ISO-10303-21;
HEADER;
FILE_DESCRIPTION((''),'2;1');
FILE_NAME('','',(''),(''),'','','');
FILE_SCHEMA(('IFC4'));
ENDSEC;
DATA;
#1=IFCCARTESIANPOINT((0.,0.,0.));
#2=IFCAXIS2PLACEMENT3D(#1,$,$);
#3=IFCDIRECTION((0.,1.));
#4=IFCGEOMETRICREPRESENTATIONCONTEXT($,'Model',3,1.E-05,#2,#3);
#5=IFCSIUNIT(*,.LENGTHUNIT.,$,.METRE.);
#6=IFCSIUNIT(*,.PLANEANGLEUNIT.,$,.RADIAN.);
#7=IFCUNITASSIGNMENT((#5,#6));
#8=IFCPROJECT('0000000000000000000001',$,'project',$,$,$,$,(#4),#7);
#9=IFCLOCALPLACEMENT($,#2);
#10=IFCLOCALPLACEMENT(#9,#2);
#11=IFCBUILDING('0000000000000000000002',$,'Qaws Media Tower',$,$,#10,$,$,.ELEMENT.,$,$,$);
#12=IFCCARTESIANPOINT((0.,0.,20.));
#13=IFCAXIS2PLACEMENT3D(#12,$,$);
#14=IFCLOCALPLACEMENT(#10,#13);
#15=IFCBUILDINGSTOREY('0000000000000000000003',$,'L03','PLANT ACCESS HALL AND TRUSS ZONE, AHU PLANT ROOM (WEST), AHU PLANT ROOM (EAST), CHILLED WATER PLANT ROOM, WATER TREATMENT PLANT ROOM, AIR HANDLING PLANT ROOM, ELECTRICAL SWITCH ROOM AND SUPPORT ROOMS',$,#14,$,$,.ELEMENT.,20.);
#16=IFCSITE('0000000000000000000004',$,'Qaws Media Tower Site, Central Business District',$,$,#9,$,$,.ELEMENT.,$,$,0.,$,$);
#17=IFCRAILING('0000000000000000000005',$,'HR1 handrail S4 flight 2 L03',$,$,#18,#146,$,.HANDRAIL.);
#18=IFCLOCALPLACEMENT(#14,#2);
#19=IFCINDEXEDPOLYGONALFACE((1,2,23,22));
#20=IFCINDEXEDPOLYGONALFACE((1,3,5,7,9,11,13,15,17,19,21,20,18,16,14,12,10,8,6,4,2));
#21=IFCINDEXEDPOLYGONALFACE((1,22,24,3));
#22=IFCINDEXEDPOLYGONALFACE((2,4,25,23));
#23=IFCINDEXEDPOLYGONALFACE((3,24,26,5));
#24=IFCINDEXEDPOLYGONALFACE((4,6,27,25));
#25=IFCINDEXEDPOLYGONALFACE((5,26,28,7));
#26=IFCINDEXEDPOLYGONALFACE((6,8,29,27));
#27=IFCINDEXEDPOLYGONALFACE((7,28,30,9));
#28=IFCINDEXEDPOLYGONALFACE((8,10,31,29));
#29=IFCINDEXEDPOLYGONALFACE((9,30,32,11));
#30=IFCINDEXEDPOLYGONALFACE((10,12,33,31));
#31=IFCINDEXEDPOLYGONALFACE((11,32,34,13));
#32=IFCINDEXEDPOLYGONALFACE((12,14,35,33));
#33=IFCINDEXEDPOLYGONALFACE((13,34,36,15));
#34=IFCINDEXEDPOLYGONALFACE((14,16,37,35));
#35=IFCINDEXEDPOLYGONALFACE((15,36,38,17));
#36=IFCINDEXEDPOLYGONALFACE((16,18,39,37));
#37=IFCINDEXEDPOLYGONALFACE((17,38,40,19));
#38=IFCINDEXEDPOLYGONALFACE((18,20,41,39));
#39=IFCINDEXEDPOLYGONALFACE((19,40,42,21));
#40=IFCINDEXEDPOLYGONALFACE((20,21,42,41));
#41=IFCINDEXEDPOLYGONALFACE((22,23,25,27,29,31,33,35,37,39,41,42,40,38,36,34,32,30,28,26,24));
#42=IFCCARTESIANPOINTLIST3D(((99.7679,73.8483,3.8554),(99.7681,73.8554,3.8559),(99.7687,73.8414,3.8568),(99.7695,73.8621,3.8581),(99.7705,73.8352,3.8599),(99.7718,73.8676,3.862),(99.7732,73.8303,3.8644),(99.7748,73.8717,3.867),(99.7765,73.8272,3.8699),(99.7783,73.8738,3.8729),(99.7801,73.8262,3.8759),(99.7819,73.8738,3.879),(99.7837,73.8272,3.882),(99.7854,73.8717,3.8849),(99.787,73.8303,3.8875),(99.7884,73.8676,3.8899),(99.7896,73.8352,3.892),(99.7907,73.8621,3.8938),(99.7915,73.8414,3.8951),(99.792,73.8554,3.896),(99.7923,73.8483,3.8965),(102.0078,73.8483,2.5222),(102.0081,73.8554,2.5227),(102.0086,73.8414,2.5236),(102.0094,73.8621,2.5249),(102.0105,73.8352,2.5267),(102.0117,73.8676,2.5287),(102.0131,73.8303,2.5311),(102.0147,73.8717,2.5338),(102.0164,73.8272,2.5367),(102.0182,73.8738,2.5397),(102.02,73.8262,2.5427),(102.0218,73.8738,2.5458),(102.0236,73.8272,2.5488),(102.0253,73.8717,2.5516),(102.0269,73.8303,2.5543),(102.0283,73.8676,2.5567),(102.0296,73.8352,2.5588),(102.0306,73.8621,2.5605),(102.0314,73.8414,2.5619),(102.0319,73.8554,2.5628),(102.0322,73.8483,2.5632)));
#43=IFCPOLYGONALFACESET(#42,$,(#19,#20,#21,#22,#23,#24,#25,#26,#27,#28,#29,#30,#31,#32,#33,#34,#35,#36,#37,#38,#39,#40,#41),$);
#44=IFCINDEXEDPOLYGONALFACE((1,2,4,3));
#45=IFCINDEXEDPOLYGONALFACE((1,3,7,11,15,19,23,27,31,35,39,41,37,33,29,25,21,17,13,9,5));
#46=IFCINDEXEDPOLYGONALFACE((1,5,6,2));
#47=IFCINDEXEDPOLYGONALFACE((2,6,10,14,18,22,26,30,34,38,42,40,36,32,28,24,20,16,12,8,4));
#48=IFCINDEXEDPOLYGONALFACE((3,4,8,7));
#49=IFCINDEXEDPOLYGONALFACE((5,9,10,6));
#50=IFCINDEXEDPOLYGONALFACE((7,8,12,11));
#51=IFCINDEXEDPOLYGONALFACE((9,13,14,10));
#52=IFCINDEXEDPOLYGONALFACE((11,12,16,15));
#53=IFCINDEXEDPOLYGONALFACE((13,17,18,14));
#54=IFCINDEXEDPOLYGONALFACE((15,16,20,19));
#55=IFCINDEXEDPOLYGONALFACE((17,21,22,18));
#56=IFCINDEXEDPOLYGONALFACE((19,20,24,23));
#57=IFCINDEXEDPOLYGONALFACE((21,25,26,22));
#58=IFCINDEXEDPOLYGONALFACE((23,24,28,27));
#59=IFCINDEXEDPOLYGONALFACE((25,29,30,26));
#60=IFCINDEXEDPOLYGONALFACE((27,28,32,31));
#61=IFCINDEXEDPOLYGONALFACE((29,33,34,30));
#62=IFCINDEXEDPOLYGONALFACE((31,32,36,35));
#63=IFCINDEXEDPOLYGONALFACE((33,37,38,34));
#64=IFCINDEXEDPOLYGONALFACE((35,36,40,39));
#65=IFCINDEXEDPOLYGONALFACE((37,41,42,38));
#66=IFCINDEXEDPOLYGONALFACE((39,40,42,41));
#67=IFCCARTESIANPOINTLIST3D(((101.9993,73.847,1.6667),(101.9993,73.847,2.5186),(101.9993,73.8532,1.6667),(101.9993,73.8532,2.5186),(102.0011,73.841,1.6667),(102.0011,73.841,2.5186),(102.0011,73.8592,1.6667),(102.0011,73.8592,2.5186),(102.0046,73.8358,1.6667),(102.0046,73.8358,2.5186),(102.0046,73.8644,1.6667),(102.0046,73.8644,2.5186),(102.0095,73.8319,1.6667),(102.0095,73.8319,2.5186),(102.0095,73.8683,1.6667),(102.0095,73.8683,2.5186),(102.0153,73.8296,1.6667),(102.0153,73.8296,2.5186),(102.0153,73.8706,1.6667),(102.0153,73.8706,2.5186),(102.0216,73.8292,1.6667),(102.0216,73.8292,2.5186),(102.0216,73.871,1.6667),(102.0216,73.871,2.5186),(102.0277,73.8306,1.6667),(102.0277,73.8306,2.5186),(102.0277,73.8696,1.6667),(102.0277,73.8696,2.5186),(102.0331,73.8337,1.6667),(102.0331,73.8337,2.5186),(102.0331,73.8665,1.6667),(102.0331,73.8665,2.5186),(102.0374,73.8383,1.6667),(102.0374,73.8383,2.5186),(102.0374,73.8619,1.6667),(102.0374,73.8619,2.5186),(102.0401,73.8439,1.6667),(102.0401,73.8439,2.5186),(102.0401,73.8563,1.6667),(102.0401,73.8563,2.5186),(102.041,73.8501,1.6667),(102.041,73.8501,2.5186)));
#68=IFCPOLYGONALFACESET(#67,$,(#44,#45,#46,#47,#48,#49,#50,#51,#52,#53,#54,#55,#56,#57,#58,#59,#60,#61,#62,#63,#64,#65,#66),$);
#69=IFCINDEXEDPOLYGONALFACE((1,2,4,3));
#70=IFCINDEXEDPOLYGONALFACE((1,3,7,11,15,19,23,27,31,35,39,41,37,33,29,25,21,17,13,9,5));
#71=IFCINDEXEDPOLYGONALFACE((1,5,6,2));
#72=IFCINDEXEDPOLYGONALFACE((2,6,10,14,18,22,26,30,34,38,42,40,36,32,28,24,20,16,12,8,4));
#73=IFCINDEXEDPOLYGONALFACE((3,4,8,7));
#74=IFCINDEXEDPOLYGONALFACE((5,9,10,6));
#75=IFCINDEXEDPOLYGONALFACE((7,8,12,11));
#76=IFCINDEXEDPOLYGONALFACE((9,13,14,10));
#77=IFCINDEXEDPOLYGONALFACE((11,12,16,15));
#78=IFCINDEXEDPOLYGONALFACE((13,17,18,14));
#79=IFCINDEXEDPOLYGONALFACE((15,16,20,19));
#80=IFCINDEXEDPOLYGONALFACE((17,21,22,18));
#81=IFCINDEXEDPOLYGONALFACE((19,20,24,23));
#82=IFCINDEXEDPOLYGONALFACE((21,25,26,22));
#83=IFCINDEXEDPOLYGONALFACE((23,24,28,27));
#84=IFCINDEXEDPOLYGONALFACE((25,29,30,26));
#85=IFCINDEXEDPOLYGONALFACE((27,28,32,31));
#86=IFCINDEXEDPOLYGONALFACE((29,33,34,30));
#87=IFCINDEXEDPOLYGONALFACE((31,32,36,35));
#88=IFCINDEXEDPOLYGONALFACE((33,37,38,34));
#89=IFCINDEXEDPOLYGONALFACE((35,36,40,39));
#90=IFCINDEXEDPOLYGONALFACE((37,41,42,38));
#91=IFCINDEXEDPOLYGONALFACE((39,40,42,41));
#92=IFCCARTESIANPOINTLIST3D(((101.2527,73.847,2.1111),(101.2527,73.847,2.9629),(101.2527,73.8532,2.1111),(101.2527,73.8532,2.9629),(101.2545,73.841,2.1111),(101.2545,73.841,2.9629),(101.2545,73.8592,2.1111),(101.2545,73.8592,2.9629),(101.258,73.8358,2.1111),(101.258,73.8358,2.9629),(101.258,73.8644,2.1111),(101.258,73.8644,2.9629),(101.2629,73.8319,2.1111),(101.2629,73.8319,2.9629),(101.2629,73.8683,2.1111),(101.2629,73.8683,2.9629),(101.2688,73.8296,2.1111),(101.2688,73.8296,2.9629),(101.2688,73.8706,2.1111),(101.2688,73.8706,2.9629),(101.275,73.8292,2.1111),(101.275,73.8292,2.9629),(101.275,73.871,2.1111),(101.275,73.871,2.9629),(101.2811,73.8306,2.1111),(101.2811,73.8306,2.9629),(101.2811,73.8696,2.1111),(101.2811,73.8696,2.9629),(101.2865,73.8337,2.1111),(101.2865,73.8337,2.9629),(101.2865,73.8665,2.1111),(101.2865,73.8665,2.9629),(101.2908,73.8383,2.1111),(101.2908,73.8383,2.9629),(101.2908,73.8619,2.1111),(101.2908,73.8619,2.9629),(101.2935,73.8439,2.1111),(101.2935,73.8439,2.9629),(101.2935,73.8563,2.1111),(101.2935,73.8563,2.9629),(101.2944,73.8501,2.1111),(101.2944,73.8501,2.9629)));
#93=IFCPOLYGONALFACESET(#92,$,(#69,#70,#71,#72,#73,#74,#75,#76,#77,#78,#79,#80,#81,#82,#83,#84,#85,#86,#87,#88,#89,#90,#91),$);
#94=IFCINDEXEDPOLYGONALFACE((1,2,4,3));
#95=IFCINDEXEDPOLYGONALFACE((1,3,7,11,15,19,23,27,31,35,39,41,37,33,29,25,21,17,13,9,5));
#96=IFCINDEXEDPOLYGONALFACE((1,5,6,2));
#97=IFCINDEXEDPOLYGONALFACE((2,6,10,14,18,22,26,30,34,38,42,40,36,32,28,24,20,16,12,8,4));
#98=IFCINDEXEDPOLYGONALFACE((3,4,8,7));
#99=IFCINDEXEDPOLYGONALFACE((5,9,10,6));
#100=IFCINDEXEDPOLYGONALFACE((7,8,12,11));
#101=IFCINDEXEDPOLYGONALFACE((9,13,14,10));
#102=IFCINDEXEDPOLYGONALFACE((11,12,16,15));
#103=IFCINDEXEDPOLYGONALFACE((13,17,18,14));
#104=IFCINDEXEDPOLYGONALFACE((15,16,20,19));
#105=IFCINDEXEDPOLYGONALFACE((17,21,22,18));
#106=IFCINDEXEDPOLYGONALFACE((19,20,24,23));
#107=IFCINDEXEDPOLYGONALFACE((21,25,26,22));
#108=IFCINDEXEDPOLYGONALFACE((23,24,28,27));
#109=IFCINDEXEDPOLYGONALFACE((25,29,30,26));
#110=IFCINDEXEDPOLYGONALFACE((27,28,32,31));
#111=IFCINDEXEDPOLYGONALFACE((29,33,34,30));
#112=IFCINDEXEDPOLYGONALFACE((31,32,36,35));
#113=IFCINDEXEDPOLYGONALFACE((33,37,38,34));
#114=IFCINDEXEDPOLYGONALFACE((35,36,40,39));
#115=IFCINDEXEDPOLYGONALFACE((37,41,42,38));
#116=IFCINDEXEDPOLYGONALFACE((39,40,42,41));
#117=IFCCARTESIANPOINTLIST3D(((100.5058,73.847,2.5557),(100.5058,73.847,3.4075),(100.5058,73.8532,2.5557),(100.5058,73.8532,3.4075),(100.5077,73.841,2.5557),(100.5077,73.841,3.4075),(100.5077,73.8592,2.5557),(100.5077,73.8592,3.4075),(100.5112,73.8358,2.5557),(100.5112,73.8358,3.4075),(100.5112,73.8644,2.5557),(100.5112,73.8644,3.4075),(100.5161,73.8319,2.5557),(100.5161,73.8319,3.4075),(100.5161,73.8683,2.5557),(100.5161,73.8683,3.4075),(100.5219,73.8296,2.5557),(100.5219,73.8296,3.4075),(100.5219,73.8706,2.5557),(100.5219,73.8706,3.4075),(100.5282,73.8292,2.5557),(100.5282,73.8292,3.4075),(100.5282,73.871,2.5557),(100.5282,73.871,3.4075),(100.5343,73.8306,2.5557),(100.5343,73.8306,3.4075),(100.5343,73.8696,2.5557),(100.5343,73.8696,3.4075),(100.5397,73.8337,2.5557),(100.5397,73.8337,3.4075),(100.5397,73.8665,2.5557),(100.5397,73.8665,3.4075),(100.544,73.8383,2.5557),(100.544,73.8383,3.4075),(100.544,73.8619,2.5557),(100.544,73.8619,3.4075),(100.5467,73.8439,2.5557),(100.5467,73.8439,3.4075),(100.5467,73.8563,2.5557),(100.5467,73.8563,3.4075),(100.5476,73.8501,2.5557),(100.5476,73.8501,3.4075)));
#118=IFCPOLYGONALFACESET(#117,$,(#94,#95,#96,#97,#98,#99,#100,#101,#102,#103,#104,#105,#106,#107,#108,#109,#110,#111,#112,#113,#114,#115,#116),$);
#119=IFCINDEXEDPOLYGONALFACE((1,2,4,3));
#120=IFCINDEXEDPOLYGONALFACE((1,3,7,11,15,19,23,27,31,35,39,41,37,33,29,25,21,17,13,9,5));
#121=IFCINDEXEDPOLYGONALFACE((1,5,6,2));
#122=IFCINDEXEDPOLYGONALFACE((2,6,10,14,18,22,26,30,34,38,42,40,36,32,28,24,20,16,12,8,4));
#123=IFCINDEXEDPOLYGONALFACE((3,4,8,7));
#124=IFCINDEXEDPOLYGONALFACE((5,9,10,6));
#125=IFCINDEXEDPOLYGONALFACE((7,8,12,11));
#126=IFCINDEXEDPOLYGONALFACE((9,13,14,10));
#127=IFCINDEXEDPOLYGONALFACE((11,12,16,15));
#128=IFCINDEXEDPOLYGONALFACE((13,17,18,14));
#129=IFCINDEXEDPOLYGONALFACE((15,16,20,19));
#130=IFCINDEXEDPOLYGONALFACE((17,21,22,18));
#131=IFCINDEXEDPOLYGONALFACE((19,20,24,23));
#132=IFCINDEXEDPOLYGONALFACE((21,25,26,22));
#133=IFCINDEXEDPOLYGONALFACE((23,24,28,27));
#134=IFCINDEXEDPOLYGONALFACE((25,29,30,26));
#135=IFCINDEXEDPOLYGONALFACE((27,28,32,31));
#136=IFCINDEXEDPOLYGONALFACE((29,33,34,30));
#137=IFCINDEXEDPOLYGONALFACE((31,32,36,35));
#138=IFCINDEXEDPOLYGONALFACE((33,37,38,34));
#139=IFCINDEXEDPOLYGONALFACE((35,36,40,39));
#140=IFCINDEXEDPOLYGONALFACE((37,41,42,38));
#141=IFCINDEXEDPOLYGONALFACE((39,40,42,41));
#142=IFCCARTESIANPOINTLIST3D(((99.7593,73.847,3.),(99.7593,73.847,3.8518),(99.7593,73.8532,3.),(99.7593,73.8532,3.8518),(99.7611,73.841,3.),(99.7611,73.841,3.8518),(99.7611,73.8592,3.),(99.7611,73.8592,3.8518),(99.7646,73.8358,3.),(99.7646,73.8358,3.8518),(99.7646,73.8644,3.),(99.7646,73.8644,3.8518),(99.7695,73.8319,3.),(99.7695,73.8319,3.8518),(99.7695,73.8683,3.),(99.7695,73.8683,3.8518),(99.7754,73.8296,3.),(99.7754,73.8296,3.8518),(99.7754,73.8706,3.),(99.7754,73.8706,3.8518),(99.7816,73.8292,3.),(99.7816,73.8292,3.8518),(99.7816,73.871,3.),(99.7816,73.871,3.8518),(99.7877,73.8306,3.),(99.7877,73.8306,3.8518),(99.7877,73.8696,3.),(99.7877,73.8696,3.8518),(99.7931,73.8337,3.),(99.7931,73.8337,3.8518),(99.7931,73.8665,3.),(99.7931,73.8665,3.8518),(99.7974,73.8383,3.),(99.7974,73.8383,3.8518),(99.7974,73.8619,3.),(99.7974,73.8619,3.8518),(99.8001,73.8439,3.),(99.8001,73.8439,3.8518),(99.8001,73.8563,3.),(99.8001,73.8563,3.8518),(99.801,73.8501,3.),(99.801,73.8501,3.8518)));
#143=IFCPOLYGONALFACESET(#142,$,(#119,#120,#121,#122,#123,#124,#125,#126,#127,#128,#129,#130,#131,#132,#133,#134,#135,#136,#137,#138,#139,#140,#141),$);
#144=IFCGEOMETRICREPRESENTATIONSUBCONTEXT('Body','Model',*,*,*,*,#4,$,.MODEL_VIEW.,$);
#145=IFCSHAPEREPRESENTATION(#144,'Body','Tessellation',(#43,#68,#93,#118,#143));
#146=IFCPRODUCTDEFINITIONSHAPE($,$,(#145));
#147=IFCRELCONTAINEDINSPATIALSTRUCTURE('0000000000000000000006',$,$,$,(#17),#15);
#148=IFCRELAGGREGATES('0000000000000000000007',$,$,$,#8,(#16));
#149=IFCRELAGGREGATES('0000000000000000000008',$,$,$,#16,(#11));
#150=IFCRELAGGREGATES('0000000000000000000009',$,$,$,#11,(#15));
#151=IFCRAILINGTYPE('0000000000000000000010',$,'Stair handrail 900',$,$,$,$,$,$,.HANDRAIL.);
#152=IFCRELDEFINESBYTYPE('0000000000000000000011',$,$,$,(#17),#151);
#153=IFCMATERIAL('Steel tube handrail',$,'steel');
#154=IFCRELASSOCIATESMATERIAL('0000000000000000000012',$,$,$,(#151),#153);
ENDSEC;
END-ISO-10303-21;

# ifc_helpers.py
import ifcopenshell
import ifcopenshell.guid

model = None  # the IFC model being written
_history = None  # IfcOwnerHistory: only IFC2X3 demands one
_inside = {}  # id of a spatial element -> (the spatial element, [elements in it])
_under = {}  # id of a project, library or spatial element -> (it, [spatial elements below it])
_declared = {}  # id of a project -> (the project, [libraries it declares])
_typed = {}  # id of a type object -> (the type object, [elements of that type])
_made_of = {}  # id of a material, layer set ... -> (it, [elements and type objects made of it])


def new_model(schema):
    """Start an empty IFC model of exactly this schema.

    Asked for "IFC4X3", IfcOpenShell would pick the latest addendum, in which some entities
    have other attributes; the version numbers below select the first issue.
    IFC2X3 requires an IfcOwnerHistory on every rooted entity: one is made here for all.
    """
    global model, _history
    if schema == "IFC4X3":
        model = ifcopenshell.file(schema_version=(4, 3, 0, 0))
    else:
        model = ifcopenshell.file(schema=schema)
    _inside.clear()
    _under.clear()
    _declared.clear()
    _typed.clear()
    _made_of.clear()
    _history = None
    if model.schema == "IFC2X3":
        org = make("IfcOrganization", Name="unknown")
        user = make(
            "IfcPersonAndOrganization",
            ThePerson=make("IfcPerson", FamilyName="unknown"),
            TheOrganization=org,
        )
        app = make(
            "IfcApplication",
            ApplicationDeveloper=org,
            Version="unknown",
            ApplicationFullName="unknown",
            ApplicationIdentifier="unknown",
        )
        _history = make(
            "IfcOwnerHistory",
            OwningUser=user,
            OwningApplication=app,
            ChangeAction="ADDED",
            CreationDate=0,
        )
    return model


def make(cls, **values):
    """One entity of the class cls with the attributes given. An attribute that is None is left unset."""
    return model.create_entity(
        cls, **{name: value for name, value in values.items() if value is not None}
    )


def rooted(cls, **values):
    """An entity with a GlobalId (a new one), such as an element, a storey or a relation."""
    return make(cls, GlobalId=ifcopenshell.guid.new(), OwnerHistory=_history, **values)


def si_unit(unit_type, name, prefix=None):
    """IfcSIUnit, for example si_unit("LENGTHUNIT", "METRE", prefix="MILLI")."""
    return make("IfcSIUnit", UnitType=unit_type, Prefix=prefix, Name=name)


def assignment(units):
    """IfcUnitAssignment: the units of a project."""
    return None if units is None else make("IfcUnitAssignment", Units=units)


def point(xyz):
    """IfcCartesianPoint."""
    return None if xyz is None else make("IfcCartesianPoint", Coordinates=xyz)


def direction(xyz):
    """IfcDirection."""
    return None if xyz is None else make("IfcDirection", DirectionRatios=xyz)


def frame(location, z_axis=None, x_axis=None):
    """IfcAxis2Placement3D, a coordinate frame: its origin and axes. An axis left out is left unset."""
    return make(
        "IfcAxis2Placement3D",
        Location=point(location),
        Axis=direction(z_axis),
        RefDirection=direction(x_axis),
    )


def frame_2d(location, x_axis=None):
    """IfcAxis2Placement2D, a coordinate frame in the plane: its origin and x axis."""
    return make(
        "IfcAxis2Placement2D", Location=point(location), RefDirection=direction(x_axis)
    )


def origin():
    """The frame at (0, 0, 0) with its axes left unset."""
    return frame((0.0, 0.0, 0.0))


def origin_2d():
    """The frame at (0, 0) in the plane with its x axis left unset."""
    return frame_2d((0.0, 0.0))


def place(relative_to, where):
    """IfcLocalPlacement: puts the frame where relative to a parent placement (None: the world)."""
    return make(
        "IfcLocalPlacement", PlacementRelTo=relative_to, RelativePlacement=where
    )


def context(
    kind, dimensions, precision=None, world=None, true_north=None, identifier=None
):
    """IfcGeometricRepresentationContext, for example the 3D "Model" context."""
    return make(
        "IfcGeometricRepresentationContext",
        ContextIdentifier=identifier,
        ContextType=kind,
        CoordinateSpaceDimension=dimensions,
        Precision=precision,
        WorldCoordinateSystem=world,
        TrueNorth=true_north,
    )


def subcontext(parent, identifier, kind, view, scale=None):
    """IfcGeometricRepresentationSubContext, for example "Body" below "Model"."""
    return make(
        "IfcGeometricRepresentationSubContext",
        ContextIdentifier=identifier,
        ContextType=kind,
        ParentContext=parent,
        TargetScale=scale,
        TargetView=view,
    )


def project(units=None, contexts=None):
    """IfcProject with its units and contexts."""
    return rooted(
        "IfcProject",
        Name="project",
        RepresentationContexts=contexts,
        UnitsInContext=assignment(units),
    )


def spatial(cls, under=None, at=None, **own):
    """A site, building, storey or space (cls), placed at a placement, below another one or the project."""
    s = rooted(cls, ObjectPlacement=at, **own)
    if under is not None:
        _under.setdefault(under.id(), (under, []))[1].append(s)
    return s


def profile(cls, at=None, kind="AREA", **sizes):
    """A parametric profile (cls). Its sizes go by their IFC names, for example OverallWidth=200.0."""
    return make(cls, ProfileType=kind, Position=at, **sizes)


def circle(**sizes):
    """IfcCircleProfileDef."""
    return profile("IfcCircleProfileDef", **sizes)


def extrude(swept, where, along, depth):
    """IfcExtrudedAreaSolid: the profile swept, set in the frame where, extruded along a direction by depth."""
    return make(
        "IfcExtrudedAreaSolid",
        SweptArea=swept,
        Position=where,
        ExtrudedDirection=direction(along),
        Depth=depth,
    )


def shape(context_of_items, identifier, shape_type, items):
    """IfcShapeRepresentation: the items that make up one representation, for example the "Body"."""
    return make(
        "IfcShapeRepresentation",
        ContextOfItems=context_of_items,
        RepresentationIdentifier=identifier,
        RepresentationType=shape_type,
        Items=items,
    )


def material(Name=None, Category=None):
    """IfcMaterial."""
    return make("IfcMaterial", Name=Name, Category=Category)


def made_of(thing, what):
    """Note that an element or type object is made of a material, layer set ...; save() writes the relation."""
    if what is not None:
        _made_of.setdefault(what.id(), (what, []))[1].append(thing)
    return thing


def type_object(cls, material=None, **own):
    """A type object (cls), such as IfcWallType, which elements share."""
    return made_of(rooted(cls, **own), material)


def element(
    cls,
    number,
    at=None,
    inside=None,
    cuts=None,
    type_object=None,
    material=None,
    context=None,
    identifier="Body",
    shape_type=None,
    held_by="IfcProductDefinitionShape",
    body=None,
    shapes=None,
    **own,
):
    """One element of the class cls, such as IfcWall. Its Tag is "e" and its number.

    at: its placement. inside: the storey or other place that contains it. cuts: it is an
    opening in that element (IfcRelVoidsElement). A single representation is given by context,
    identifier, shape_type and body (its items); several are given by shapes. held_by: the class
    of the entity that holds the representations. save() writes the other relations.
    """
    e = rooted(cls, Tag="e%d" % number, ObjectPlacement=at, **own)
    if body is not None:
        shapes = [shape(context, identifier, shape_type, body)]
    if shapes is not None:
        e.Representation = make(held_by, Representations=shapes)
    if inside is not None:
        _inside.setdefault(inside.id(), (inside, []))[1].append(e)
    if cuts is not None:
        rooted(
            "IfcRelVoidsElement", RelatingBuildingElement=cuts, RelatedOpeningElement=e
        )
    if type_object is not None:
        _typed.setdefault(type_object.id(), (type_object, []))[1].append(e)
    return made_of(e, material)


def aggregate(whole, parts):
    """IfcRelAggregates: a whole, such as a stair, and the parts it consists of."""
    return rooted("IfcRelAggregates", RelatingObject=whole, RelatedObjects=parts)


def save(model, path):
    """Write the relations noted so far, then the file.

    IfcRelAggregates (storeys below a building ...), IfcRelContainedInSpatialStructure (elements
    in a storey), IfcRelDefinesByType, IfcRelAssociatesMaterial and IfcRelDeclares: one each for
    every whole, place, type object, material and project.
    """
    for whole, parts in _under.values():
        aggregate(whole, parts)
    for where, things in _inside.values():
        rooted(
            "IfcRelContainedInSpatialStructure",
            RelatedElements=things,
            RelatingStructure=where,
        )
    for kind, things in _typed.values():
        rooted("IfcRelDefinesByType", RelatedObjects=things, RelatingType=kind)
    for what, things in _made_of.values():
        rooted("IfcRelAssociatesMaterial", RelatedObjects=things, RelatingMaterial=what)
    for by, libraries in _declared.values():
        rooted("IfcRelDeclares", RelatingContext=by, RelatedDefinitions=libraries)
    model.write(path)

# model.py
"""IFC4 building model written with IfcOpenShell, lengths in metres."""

from ifc_helpers import new_model, si_unit, direction, frame, origin, origin_2d, place, context, subcontext, project, spatial, circle, extrude, material, type_object, element, save


model = new_model("IFC4")

# Units and contexts
model_context = context("Model", 3, precision=1e-05, world=origin(), true_north=direction((0.0, 1.0)))
body_context = subcontext(model_context, "Body", "Model", "MODEL_VIEW")
ifc_project = project(units=[si_unit("LENGTHUNIT", "METRE"), si_unit("PLANEANGLEUNIT", "RADIAN")], contexts=[model_context])

# Site, building, storey
site_placement = place(None, origin())
site = spatial("IfcSite", under=ifc_project, at=site_placement, Name="Qaws Media Tower Site, Central Business District", CompositionType="ELEMENT", RefElevation=0.0)
building_placement = place(site_placement, origin())
building = spatial("IfcBuilding", under=site, at=building_placement, Name="Qaws Media Tower", CompositionType="ELEMENT")
storey_placement = place(building_placement, frame((0.0, 0.0, 20.0)))
storey = spatial("IfcBuildingStorey", under=building, at=storey_placement, Name="L03", Description="PLANT ACCESS HALL AND TRUSS ZONE, AHU PLANT ROOM (WEST), AHU PLANT ROOM (EAST), CHILLED WATER PLANT ROOM, WATER TREATMENT PLANT ROOM, AIR HANDLING PLANT ROOM, ELECTRICAL SWITCH ROOM AND SUPPORT ROOMS", CompositionType="ELEMENT", Elevation=20.0)

# Railing
ifc_material_1 = material(Name="Steel tube handrail", Category="steel")
railing_type_1 = type_object("IfcRailingType", Name="Stair handrail 900", PredefinedType="HANDRAIL", material=ifc_material_1)
for number, where, name in (
    (1, (102.02, 73.8501, 1.6667), "HR1 handrail S4 flight 2 L03"),
):
    element("IfcRailing", number, at=place(storey_placement, frame(where)), inside=storey, type_object=railing_type_1, Name=name, PredefinedType="HANDRAIL", context=body_context, shape_type="SweptSolid", body=[
        extrude(circle(Radius=0.0239, at=origin_2d()), frame((0.0, 0.0, 0.876), z_axis=(-0.859306, 0.0, 0.511462), x_axis=(0.0, -1.0, 0.0)), (0.0, 0.0, 1.0), 2.6067),
        extrude(circle(Radius=0.021, at=origin_2d()), origin(), (0.0, 0.0, 1.0), 0.8518),
        extrude(circle(Radius=0.021, at=origin_2d()), frame((-0.7466, 0.0, 0.4443)), (0.0, 0.0, 1.0), 0.8518),
        extrude(circle(Radius=0.021, at=origin_2d()), frame((-1.4934, 0.0, 0.8889)), (0.0, 0.0, 1.0), 0.8518),
        extrude(circle(Radius=0.021, at=origin_2d()), frame((-2.24, 0.0, 1.3333)), (0.0, 0.0, 1.0), 0.8518),
    ])

save(model, "model.ifc")
